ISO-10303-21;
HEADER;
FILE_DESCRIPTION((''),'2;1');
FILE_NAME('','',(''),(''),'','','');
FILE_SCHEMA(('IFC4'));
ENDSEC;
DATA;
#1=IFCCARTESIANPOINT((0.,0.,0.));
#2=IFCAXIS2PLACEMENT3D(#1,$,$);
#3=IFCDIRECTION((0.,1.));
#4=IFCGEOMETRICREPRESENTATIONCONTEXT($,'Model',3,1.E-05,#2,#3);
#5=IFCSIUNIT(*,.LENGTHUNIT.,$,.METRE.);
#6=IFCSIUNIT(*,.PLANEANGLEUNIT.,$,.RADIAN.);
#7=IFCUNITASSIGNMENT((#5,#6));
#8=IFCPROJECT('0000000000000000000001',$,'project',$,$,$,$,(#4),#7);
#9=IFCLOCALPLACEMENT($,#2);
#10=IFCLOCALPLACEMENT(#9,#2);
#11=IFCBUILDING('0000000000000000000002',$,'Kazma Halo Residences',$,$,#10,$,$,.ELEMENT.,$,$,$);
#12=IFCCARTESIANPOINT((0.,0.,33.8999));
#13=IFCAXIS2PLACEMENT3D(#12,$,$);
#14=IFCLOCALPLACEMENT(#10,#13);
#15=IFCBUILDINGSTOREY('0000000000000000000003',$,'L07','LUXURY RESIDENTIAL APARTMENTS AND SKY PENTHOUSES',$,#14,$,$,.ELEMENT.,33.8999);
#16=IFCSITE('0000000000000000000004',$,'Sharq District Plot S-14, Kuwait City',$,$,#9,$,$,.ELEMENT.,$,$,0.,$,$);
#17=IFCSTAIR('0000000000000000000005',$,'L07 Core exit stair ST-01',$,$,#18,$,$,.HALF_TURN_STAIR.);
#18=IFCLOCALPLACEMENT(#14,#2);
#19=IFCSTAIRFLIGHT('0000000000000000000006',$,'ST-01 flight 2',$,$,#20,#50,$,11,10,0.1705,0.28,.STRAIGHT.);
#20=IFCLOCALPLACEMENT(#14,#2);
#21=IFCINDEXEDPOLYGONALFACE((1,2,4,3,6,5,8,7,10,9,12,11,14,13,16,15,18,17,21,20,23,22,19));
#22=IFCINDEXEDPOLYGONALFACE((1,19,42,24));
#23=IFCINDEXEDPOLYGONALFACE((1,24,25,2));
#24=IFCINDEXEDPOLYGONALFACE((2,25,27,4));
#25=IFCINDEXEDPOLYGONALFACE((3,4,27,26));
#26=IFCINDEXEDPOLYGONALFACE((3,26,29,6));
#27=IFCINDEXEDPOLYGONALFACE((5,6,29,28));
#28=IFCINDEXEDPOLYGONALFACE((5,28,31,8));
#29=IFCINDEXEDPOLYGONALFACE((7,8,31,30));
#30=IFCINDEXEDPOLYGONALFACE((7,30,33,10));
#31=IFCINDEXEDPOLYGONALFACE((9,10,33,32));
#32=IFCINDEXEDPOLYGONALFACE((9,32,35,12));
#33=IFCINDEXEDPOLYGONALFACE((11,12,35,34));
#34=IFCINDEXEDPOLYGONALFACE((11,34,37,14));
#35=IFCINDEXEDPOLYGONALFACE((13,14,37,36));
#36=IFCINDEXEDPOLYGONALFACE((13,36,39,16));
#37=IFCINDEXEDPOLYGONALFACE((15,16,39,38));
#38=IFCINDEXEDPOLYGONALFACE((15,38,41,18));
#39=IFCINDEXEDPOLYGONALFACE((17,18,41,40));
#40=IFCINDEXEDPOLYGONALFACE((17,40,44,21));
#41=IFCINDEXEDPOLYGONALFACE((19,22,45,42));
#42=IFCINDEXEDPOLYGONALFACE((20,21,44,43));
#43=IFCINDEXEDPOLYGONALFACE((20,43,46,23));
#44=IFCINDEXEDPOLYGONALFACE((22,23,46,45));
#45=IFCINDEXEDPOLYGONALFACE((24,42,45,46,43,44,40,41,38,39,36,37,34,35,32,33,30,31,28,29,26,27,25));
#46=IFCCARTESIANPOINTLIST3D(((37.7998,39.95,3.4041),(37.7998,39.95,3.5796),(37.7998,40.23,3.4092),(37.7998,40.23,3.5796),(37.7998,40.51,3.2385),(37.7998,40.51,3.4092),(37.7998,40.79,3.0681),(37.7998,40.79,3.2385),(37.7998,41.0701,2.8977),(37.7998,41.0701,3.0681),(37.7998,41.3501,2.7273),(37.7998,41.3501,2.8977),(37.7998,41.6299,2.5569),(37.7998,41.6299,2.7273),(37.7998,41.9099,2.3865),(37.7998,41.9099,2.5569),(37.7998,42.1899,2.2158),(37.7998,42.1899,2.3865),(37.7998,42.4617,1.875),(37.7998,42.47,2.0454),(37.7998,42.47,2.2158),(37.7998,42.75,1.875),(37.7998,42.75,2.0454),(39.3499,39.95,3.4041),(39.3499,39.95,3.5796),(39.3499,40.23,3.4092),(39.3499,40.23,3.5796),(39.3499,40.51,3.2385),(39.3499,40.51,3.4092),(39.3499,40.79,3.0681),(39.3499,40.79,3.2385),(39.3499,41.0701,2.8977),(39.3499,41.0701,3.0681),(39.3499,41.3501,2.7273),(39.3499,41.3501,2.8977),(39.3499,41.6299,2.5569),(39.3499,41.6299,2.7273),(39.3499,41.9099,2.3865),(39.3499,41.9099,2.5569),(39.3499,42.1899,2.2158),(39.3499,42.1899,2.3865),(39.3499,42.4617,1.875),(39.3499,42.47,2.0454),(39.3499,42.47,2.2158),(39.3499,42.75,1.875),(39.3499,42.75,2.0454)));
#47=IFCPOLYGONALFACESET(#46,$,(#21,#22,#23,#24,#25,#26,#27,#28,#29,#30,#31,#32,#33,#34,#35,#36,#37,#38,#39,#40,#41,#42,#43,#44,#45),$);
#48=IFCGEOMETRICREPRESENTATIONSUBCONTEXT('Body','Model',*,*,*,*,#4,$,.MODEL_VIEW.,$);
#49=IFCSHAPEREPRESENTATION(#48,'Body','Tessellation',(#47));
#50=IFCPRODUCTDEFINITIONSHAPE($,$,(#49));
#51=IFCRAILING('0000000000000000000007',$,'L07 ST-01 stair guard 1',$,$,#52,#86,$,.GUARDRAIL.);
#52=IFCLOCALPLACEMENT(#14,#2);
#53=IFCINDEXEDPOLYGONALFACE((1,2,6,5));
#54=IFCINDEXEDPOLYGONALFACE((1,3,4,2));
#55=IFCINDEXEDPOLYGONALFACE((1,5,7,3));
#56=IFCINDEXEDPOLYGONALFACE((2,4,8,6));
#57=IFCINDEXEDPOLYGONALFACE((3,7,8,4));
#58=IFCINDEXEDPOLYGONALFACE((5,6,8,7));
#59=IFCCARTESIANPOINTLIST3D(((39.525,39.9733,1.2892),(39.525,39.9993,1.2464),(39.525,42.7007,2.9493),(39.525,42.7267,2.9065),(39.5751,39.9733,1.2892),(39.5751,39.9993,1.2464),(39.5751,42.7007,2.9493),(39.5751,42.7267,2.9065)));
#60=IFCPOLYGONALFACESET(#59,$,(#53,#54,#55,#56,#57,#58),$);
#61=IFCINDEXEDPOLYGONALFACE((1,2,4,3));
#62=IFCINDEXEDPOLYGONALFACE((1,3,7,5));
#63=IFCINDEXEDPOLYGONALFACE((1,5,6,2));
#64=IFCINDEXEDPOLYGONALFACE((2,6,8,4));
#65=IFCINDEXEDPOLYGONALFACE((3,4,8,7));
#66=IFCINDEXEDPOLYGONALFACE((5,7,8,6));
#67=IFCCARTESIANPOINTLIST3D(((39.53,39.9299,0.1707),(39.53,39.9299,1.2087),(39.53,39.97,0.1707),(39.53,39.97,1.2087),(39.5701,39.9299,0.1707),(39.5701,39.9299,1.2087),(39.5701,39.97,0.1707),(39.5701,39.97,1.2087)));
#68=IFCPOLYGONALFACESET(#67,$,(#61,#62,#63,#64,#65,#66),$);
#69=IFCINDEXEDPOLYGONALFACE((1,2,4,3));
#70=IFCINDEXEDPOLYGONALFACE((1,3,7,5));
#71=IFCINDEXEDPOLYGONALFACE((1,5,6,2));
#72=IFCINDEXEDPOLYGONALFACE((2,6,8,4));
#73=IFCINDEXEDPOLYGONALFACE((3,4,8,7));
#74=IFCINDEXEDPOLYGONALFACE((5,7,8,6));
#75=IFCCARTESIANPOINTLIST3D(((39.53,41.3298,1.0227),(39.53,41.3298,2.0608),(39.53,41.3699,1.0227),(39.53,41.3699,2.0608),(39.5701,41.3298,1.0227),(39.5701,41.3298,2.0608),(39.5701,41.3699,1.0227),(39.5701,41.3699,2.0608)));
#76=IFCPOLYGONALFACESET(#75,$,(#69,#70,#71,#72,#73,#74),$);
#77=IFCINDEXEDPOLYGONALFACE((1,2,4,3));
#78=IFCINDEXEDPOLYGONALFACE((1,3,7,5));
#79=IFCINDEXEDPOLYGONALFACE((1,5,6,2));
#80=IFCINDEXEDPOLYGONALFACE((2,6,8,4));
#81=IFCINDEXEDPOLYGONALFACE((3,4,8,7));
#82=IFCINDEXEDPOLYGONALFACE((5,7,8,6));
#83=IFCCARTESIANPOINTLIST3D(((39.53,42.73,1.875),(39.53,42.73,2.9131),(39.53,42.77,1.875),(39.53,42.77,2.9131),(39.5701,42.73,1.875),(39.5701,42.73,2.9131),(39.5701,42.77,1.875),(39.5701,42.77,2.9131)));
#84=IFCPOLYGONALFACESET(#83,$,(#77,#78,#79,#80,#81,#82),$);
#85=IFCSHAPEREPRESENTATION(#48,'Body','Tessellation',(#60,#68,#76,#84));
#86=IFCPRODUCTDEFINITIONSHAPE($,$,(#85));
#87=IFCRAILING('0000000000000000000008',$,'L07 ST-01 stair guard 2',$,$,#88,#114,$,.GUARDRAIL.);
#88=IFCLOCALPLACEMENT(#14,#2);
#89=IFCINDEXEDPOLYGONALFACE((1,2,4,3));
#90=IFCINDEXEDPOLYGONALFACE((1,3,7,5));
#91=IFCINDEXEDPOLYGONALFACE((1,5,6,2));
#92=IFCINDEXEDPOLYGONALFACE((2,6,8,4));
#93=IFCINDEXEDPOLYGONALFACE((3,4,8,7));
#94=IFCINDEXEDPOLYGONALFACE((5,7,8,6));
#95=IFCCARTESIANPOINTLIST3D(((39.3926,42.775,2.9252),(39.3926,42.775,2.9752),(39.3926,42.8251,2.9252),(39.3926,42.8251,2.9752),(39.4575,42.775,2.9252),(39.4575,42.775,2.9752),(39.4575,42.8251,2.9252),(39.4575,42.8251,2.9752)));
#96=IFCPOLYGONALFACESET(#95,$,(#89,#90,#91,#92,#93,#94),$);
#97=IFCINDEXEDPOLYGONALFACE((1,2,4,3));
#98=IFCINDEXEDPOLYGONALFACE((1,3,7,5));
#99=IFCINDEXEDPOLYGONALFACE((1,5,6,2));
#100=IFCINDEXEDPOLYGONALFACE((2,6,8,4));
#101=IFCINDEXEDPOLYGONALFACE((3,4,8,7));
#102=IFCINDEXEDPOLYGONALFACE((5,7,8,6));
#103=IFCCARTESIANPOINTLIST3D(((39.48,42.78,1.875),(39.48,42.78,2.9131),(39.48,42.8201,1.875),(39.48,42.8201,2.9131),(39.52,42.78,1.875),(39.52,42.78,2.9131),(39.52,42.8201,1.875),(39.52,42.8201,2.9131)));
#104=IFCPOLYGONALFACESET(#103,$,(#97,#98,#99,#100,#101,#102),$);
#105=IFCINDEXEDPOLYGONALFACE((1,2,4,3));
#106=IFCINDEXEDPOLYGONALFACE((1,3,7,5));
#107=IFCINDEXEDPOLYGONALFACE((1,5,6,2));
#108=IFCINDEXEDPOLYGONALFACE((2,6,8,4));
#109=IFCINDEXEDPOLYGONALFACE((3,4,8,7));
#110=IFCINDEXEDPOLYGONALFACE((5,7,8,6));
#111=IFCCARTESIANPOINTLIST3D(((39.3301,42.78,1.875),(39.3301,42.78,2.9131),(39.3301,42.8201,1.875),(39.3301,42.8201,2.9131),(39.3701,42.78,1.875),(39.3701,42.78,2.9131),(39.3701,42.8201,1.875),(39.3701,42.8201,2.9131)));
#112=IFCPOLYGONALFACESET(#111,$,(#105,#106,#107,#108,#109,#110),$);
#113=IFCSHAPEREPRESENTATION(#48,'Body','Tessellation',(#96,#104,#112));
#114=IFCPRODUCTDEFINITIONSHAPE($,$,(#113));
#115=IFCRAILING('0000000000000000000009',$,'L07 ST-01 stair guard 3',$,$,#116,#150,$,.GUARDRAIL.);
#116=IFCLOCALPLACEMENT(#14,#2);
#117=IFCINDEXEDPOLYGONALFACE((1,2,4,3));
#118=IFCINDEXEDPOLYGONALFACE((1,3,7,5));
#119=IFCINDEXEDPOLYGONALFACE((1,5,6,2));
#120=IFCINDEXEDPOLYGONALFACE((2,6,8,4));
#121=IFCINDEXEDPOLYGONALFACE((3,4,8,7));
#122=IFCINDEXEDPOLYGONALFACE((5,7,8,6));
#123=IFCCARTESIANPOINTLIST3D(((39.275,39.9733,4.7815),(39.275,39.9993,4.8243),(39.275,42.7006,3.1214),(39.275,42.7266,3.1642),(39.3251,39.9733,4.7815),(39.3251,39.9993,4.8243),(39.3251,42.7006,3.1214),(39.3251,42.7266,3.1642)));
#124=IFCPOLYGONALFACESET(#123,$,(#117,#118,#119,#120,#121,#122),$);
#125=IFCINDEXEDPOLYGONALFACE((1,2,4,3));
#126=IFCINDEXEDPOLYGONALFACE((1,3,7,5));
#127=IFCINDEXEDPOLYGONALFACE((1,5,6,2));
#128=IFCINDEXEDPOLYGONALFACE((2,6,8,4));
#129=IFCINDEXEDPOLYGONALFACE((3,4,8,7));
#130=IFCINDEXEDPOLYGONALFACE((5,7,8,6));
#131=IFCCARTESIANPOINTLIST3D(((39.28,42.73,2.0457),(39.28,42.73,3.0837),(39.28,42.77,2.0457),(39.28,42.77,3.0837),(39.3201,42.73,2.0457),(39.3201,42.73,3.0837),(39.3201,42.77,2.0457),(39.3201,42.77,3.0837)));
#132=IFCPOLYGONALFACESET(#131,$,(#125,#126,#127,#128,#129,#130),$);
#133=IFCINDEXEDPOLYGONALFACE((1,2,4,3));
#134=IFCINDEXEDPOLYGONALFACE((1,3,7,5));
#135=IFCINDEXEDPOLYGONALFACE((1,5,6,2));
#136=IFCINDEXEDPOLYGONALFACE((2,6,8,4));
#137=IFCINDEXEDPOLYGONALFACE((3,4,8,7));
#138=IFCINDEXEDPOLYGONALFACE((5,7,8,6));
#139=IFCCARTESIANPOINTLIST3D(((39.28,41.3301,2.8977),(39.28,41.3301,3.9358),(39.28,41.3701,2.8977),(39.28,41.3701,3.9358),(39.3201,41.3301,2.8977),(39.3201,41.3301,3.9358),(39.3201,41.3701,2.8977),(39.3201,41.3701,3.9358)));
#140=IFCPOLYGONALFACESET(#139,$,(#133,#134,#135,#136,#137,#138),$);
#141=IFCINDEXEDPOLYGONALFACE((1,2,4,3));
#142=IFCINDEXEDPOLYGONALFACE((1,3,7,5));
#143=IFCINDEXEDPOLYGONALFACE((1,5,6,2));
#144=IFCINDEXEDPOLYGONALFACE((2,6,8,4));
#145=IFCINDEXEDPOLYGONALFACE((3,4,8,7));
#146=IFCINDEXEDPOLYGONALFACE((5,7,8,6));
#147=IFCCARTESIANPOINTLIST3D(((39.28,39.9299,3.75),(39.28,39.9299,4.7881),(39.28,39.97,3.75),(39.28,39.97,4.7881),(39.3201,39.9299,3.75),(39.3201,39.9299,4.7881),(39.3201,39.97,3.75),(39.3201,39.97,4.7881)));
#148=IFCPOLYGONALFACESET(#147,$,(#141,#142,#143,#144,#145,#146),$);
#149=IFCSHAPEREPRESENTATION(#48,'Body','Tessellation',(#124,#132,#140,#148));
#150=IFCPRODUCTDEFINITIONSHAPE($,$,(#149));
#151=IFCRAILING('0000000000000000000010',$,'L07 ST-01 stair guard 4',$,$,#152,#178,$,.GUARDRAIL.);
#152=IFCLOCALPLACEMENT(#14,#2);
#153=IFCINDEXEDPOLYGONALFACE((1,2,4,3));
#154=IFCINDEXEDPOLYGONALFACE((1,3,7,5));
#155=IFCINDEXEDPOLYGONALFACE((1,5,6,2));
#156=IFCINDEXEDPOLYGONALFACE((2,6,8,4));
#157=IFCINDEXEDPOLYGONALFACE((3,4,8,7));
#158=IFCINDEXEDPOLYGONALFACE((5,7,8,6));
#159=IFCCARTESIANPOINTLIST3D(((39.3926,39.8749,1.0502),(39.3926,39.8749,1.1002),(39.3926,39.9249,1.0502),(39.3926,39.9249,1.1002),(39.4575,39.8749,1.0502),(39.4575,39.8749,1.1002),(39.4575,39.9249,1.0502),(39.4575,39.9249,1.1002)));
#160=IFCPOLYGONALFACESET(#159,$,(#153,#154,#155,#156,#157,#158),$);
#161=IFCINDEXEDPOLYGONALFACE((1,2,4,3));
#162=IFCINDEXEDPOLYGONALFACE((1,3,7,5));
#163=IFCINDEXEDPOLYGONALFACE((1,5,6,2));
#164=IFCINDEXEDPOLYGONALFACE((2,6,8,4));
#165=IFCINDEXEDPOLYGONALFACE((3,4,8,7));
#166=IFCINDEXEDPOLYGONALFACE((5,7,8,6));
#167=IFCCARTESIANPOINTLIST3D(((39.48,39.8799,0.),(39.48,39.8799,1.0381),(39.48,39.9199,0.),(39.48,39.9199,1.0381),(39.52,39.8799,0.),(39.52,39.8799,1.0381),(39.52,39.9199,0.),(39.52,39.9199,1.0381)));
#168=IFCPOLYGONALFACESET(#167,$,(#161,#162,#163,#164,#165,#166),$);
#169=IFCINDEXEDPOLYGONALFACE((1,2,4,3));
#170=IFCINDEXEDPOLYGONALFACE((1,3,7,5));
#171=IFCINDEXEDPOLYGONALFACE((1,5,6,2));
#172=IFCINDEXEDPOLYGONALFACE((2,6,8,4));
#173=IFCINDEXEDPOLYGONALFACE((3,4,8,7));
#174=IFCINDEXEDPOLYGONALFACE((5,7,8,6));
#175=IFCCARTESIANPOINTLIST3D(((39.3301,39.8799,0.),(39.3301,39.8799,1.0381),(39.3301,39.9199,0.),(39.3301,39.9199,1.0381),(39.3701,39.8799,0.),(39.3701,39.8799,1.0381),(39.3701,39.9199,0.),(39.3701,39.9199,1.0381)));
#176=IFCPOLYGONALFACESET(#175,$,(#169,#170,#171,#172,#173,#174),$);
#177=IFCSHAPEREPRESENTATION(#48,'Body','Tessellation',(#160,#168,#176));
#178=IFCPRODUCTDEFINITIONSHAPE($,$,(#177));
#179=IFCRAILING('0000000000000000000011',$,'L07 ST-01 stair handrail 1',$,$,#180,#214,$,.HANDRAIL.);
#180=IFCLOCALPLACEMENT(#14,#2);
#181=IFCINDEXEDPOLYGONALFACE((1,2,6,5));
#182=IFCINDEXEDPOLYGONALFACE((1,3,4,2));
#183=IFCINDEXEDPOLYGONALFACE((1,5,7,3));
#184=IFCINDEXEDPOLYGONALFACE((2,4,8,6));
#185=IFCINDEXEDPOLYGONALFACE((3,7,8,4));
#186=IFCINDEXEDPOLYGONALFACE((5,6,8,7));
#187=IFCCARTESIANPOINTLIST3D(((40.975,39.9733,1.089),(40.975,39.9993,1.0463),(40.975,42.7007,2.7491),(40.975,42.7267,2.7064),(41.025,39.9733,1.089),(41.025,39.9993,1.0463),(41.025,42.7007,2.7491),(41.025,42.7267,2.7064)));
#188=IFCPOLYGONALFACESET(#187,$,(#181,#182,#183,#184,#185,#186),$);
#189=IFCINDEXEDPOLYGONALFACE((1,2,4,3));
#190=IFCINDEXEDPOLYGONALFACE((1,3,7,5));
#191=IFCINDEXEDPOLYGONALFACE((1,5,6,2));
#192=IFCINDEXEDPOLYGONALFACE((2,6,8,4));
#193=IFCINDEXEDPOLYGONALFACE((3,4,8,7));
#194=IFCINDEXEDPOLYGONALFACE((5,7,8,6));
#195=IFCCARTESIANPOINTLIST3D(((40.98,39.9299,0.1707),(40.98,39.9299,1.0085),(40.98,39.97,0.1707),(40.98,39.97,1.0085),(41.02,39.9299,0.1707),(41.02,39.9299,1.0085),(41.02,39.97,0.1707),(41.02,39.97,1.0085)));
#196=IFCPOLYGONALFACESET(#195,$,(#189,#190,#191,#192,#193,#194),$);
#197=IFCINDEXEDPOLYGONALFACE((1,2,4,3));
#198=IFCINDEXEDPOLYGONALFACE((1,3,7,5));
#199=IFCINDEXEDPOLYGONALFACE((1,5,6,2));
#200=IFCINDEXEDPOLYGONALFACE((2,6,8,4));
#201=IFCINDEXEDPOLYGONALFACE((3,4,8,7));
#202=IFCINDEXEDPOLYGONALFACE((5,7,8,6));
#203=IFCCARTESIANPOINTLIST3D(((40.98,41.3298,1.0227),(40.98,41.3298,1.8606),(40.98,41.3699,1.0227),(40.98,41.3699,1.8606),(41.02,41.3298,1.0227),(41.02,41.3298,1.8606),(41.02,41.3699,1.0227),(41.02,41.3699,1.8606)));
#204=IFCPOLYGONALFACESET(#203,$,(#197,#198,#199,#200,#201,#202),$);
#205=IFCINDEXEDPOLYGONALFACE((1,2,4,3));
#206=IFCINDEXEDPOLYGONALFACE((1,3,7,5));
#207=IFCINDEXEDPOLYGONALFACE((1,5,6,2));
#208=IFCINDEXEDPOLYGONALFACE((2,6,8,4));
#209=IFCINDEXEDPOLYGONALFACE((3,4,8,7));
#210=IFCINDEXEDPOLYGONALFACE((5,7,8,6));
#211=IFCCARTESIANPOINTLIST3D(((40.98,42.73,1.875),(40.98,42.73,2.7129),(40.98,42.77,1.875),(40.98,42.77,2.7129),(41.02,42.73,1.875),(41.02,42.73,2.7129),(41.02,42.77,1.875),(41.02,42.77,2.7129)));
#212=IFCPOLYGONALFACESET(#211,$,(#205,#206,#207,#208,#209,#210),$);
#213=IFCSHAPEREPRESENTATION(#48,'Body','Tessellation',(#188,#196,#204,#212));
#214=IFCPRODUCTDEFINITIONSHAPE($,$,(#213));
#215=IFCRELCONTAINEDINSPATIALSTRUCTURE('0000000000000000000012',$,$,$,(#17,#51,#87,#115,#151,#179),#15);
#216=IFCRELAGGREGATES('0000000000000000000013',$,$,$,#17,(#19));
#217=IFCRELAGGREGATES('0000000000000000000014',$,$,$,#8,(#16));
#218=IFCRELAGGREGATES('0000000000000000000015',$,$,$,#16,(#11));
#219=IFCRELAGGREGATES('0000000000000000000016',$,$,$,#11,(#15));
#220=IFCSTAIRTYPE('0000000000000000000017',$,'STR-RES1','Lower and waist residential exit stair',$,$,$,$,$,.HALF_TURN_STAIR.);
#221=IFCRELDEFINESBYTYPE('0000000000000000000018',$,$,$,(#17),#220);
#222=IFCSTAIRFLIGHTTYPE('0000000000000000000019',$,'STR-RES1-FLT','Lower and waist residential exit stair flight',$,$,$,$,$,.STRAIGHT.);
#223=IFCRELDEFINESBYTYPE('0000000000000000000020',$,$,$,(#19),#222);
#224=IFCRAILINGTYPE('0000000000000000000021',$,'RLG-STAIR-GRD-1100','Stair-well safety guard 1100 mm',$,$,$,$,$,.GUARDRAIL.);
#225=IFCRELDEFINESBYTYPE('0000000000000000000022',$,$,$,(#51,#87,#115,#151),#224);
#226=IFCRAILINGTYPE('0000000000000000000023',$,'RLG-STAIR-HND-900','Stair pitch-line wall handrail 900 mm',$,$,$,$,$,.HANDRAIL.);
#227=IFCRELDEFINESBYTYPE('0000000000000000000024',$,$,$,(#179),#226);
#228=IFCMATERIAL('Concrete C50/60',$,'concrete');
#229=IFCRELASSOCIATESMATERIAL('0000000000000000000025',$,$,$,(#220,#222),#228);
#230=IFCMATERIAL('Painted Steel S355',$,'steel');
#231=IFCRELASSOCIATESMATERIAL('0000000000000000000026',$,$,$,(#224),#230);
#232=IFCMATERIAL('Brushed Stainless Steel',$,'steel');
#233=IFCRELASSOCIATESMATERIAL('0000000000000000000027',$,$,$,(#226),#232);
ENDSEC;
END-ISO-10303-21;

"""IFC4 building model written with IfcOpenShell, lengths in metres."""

from ifc_helpers import new_model, si_unit, direction, frame, origin, origin_2d, place, context, subcontext, project, spatial, polyline, rectangle, outline, extrude, material, type_object, element, aggregate, save


model = new_model("IFC4")

# Units and contexts
model_context = context("Model", 3, precision=1e-05, world=origin(), true_north=direction((0.0, 1.0)))
body_context = subcontext(model_context, "Body", "Model", "MODEL_VIEW")
ifc_project = project(units=[si_unit("LENGTHUNIT", "METRE"), si_unit("PLANEANGLEUNIT", "RADIAN")], contexts=[model_context])

# Site, building, storey
site_placement = place(None, origin())
site = spatial("IfcSite", under=ifc_project, at=site_placement, Name="Sharq District Plot S-14, Kuwait City", CompositionType="ELEMENT", RefElevation=0.0)
building_placement = place(site_placement, origin())
building = spatial("IfcBuilding", under=site, at=building_placement, Name="Kazma Halo Residences", CompositionType="ELEMENT")
storey_placement = place(building_placement, frame((0.0, 0.0, 33.8999)))
storey = spatial("IfcBuildingStorey", under=building, at=storey_placement, Name="L07", Description="LUXURY RESIDENTIAL APARTMENTS AND SKY PENTHOUSES", CompositionType="ELEMENT", Elevation=33.8999)

# Stair, stair flight
ifc_material_1 = material(Name="Concrete C50/60", Category="concrete")
stair_type = type_object("IfcStairType", Name="STR-RES1", Description="Lower and waist residential exit stair", PredefinedType="HALF_TURN_STAIR", material=ifc_material_1)
stair_placement = place(storey_placement, origin())
stair = element("IfcStair", 1, at=stair_placement, inside=storey, type_object=stair_type, Name="L07 Core exit stair ST-01", PredefinedType="HALF_TURN_STAIR")
stair_flight_type = type_object("IfcStairFlightType", Name="STR-RES1-FLT", Description="Lower and waist residential exit stair flight", PredefinedType="STRAIGHT", material=ifc_material_1)
stair_flight_1_placement = place(storey_placement, frame((38.575, 42.75, 1.875), z_axis=(0.0, 0.0, 1.0), x_axis=(0.0, -1.0, 0.0)))
stair_flight_1 = element("IfcStairFlight", 2, at=stair_flight_1_placement, type_object=stair_flight_type, Name="ST-01 flight 2", NumberOfRisers=11, NumberOfTreads=10, PredefinedType="STRAIGHT", RiserHeight=0.1705, TreadLength=0.28, context=body_context, shape_type="SweptSolid", body=[
    extrude(outline(polyline([(0.0, 0.0), (0.0, 0.1704), (0.28, 0.1704), (0.28, 0.3408), (0.5601, 0.3408), (0.5601, 0.5115), (0.8401, 0.5115), (0.8401, 0.6819), (1.1201, 0.6819), (1.1201, 0.8523), (1.3999, 0.8523), (1.3999, 1.0227), (1.6799, 1.0227), (1.6799, 1.1931), (1.96, 1.1931), (1.96, 1.3635), (2.24, 1.3635), (2.24, 1.5342), (2.52, 1.5342), (2.52, 1.7046), (2.8, 1.7046), (2.8, 1.875), (2.8, 1.5291), (0.2883, 0.0), (0.0, 0.0)])), frame((0.0, 0.7749, 0.0), z_axis=(0.0, -1.0, 0.0), x_axis=(1.0, 0.0, 0.0)), (0.0, 0.0, 1.0), 1.55),
])
aggregate(stair, [stair_flight_1])

# Railings
ifc_material_2 = material(Name="Painted Steel S355", Category="steel")
railing_type_1 = type_object("IfcRailingType", Name="RLG-STAIR-GRD-1100", Description="Stair-well safety guard 1100 mm", PredefinedType="GUARDRAIL", material=ifc_material_2)
railing_1_placement = place(storey_placement, frame((39.55, 39.95, 0.1707)))
element("IfcRailing", 3, at=railing_1_placement, inside=storey, type_object=railing_type_1, Name="L07 ST-01 stair guard 1", PredefinedType="GUARDRAIL", context=body_context, shape_type="SweptSolid", body=[
    extrude(rectangle(XDim=0.05, YDim=0.05, at=origin_2d()), frame((0.0, 0.0364, 1.0972), z_axis=(0.0, 0.854203, 0.51994), x_axis=(-1.0, 0.0, 0.0)), (0.0, 0.0, 1.0), 3.1929),
    extrude(rectangle(XDim=0.04, YDim=0.04, at=origin_2d()), origin(), (0.0, 0.0, 1.0), 1.0381),
    extrude(rectangle(XDim=0.04, YDim=0.04, at=origin_2d()), frame((0.0, 1.3999, 0.8521)), (0.0, 0.0, 1.0), 1.0381),
    extrude(rectangle(XDim=0.04, YDim=0.04, at=origin_2d()), frame((0.0, 2.8, 1.7043)), (0.0, 0.0, 1.0), 1.0381),
])
railing_2_placement = place(storey_placement, frame((39.5, 42.8, 1.875)))
element("IfcRailing", 4, at=railing_2_placement, inside=storey, type_object=railing_type_1, Name="L07 ST-01 stair guard 2", PredefinedType="GUARDRAIL", context=body_context, shape_type="SweptSolid", body=[
    extrude(rectangle(XDim=0.05, YDim=0.05, at=origin_2d()), frame((-0.0425, 0.0, 1.0752), z_axis=(-1.0, 0.0, 0.0), x_axis=(0.0, -1.0, 0.0)), (0.0, 0.0, 1.0), 0.0649),
    extrude(rectangle(XDim=0.04, YDim=0.04, at=origin_2d()), origin(), (0.0, 0.0, 1.0), 1.0381),
    extrude(rectangle(XDim=0.04, YDim=0.04, at=origin_2d()), frame((-0.1499, 0.0, 0.0)), (0.0, 0.0, 1.0), 1.0381),
])
railing_3_placement = place(storey_placement, frame((39.3, 42.75, 2.0457)))
element("IfcRailing", 5, at=railing_3_placement, inside=storey, type_object=railing_type_1, Name="L07 ST-01 stair guard 3", PredefinedType="GUARDRAIL", context=body_context, shape_type="SweptSolid", body=[
    extrude(rectangle(XDim=0.05, YDim=0.05, at=origin_2d()), frame((0.0, -0.0364, 1.0972), z_axis=(0.0, -0.854203, 0.51994), x_axis=(1.0, 0.0, 0.0)), (0.0, 0.0, 1.0), 3.1929),
    extrude(rectangle(XDim=0.04, YDim=0.04, at=origin_2d()), origin(), (0.0, 0.0, 1.0), 1.0381),
    extrude(rectangle(XDim=0.04, YDim=0.04, at=origin_2d()), frame((0.0, -1.3999, 0.8521)), (0.0, 0.0, 1.0), 1.0381),
    extrude(rectangle(XDim=0.04, YDim=0.04, at=origin_2d()), frame((0.0, -2.8, 1.7043)), (0.0, 0.0, 1.0), 1.0381),
])
railing_4_placement = place(storey_placement, frame((39.5, 39.8999, 0.0)))
element("IfcRailing", 6, at=railing_4_placement, inside=storey, type_object=railing_type_1, Name="L07 ST-01 stair guard 4", PredefinedType="GUARDRAIL", context=body_context, shape_type="SweptSolid", body=[
    extrude(rectangle(XDim=0.05, YDim=0.05, at=origin_2d()), frame((-0.0425, 0.0, 1.0752), z_axis=(-1.0, 0.0, 0.0), x_axis=(0.0, -1.0, 0.0)), (0.0, 0.0, 1.0), 0.0649),
    extrude(rectangle(XDim=0.04, YDim=0.04, at=origin_2d()), origin(), (0.0, 0.0, 1.0), 1.0381),
    extrude(rectangle(XDim=0.04, YDim=0.04, at=origin_2d()), frame((-0.1499, 0.0, 0.0)), (0.0, 0.0, 1.0), 1.0381),
])
ifc_material_3 = material(Name="Brushed Stainless Steel", Category="steel")
railing_type_2 = type_object("IfcRailingType", Name="RLG-STAIR-HND-900", Description="Stair pitch-line wall handrail 900 mm", PredefinedType="HANDRAIL", material=ifc_material_3)
railing_5_placement = place(storey_placement, frame((41.0, 39.95, 0.1707)))
element("IfcRailing", 7, at=railing_5_placement, inside=storey, type_object=railing_type_2, Name="L07 ST-01 stair handrail 1", PredefinedType="HANDRAIL", context=body_context, shape_type="SweptSolid", body=[
    extrude(rectangle(XDim=0.05, YDim=0.05, at=origin_2d()), frame((0.0, 0.0364, 0.897), z_axis=(0.0, 0.854203, 0.51994), x_axis=(-1.0, 0.0, 0.0)), (0.0, 0.0, 1.0), 3.1929),
    extrude(rectangle(XDim=0.04, YDim=0.04, at=origin_2d()), origin(), (0.0, 0.0, 1.0), 0.8379),
    extrude(rectangle(XDim=0.04, YDim=0.04, at=origin_2d()), frame((0.0, 1.3999, 0.8521)), (0.0, 0.0, 1.0), 0.8379),
    extrude(rectangle(XDim=0.04, YDim=0.04, at=origin_2d()), frame((0.0, 2.8, 1.7043)), (0.0, 0.0, 1.0), 0.8379),
])

save(model, "model.ifc")
